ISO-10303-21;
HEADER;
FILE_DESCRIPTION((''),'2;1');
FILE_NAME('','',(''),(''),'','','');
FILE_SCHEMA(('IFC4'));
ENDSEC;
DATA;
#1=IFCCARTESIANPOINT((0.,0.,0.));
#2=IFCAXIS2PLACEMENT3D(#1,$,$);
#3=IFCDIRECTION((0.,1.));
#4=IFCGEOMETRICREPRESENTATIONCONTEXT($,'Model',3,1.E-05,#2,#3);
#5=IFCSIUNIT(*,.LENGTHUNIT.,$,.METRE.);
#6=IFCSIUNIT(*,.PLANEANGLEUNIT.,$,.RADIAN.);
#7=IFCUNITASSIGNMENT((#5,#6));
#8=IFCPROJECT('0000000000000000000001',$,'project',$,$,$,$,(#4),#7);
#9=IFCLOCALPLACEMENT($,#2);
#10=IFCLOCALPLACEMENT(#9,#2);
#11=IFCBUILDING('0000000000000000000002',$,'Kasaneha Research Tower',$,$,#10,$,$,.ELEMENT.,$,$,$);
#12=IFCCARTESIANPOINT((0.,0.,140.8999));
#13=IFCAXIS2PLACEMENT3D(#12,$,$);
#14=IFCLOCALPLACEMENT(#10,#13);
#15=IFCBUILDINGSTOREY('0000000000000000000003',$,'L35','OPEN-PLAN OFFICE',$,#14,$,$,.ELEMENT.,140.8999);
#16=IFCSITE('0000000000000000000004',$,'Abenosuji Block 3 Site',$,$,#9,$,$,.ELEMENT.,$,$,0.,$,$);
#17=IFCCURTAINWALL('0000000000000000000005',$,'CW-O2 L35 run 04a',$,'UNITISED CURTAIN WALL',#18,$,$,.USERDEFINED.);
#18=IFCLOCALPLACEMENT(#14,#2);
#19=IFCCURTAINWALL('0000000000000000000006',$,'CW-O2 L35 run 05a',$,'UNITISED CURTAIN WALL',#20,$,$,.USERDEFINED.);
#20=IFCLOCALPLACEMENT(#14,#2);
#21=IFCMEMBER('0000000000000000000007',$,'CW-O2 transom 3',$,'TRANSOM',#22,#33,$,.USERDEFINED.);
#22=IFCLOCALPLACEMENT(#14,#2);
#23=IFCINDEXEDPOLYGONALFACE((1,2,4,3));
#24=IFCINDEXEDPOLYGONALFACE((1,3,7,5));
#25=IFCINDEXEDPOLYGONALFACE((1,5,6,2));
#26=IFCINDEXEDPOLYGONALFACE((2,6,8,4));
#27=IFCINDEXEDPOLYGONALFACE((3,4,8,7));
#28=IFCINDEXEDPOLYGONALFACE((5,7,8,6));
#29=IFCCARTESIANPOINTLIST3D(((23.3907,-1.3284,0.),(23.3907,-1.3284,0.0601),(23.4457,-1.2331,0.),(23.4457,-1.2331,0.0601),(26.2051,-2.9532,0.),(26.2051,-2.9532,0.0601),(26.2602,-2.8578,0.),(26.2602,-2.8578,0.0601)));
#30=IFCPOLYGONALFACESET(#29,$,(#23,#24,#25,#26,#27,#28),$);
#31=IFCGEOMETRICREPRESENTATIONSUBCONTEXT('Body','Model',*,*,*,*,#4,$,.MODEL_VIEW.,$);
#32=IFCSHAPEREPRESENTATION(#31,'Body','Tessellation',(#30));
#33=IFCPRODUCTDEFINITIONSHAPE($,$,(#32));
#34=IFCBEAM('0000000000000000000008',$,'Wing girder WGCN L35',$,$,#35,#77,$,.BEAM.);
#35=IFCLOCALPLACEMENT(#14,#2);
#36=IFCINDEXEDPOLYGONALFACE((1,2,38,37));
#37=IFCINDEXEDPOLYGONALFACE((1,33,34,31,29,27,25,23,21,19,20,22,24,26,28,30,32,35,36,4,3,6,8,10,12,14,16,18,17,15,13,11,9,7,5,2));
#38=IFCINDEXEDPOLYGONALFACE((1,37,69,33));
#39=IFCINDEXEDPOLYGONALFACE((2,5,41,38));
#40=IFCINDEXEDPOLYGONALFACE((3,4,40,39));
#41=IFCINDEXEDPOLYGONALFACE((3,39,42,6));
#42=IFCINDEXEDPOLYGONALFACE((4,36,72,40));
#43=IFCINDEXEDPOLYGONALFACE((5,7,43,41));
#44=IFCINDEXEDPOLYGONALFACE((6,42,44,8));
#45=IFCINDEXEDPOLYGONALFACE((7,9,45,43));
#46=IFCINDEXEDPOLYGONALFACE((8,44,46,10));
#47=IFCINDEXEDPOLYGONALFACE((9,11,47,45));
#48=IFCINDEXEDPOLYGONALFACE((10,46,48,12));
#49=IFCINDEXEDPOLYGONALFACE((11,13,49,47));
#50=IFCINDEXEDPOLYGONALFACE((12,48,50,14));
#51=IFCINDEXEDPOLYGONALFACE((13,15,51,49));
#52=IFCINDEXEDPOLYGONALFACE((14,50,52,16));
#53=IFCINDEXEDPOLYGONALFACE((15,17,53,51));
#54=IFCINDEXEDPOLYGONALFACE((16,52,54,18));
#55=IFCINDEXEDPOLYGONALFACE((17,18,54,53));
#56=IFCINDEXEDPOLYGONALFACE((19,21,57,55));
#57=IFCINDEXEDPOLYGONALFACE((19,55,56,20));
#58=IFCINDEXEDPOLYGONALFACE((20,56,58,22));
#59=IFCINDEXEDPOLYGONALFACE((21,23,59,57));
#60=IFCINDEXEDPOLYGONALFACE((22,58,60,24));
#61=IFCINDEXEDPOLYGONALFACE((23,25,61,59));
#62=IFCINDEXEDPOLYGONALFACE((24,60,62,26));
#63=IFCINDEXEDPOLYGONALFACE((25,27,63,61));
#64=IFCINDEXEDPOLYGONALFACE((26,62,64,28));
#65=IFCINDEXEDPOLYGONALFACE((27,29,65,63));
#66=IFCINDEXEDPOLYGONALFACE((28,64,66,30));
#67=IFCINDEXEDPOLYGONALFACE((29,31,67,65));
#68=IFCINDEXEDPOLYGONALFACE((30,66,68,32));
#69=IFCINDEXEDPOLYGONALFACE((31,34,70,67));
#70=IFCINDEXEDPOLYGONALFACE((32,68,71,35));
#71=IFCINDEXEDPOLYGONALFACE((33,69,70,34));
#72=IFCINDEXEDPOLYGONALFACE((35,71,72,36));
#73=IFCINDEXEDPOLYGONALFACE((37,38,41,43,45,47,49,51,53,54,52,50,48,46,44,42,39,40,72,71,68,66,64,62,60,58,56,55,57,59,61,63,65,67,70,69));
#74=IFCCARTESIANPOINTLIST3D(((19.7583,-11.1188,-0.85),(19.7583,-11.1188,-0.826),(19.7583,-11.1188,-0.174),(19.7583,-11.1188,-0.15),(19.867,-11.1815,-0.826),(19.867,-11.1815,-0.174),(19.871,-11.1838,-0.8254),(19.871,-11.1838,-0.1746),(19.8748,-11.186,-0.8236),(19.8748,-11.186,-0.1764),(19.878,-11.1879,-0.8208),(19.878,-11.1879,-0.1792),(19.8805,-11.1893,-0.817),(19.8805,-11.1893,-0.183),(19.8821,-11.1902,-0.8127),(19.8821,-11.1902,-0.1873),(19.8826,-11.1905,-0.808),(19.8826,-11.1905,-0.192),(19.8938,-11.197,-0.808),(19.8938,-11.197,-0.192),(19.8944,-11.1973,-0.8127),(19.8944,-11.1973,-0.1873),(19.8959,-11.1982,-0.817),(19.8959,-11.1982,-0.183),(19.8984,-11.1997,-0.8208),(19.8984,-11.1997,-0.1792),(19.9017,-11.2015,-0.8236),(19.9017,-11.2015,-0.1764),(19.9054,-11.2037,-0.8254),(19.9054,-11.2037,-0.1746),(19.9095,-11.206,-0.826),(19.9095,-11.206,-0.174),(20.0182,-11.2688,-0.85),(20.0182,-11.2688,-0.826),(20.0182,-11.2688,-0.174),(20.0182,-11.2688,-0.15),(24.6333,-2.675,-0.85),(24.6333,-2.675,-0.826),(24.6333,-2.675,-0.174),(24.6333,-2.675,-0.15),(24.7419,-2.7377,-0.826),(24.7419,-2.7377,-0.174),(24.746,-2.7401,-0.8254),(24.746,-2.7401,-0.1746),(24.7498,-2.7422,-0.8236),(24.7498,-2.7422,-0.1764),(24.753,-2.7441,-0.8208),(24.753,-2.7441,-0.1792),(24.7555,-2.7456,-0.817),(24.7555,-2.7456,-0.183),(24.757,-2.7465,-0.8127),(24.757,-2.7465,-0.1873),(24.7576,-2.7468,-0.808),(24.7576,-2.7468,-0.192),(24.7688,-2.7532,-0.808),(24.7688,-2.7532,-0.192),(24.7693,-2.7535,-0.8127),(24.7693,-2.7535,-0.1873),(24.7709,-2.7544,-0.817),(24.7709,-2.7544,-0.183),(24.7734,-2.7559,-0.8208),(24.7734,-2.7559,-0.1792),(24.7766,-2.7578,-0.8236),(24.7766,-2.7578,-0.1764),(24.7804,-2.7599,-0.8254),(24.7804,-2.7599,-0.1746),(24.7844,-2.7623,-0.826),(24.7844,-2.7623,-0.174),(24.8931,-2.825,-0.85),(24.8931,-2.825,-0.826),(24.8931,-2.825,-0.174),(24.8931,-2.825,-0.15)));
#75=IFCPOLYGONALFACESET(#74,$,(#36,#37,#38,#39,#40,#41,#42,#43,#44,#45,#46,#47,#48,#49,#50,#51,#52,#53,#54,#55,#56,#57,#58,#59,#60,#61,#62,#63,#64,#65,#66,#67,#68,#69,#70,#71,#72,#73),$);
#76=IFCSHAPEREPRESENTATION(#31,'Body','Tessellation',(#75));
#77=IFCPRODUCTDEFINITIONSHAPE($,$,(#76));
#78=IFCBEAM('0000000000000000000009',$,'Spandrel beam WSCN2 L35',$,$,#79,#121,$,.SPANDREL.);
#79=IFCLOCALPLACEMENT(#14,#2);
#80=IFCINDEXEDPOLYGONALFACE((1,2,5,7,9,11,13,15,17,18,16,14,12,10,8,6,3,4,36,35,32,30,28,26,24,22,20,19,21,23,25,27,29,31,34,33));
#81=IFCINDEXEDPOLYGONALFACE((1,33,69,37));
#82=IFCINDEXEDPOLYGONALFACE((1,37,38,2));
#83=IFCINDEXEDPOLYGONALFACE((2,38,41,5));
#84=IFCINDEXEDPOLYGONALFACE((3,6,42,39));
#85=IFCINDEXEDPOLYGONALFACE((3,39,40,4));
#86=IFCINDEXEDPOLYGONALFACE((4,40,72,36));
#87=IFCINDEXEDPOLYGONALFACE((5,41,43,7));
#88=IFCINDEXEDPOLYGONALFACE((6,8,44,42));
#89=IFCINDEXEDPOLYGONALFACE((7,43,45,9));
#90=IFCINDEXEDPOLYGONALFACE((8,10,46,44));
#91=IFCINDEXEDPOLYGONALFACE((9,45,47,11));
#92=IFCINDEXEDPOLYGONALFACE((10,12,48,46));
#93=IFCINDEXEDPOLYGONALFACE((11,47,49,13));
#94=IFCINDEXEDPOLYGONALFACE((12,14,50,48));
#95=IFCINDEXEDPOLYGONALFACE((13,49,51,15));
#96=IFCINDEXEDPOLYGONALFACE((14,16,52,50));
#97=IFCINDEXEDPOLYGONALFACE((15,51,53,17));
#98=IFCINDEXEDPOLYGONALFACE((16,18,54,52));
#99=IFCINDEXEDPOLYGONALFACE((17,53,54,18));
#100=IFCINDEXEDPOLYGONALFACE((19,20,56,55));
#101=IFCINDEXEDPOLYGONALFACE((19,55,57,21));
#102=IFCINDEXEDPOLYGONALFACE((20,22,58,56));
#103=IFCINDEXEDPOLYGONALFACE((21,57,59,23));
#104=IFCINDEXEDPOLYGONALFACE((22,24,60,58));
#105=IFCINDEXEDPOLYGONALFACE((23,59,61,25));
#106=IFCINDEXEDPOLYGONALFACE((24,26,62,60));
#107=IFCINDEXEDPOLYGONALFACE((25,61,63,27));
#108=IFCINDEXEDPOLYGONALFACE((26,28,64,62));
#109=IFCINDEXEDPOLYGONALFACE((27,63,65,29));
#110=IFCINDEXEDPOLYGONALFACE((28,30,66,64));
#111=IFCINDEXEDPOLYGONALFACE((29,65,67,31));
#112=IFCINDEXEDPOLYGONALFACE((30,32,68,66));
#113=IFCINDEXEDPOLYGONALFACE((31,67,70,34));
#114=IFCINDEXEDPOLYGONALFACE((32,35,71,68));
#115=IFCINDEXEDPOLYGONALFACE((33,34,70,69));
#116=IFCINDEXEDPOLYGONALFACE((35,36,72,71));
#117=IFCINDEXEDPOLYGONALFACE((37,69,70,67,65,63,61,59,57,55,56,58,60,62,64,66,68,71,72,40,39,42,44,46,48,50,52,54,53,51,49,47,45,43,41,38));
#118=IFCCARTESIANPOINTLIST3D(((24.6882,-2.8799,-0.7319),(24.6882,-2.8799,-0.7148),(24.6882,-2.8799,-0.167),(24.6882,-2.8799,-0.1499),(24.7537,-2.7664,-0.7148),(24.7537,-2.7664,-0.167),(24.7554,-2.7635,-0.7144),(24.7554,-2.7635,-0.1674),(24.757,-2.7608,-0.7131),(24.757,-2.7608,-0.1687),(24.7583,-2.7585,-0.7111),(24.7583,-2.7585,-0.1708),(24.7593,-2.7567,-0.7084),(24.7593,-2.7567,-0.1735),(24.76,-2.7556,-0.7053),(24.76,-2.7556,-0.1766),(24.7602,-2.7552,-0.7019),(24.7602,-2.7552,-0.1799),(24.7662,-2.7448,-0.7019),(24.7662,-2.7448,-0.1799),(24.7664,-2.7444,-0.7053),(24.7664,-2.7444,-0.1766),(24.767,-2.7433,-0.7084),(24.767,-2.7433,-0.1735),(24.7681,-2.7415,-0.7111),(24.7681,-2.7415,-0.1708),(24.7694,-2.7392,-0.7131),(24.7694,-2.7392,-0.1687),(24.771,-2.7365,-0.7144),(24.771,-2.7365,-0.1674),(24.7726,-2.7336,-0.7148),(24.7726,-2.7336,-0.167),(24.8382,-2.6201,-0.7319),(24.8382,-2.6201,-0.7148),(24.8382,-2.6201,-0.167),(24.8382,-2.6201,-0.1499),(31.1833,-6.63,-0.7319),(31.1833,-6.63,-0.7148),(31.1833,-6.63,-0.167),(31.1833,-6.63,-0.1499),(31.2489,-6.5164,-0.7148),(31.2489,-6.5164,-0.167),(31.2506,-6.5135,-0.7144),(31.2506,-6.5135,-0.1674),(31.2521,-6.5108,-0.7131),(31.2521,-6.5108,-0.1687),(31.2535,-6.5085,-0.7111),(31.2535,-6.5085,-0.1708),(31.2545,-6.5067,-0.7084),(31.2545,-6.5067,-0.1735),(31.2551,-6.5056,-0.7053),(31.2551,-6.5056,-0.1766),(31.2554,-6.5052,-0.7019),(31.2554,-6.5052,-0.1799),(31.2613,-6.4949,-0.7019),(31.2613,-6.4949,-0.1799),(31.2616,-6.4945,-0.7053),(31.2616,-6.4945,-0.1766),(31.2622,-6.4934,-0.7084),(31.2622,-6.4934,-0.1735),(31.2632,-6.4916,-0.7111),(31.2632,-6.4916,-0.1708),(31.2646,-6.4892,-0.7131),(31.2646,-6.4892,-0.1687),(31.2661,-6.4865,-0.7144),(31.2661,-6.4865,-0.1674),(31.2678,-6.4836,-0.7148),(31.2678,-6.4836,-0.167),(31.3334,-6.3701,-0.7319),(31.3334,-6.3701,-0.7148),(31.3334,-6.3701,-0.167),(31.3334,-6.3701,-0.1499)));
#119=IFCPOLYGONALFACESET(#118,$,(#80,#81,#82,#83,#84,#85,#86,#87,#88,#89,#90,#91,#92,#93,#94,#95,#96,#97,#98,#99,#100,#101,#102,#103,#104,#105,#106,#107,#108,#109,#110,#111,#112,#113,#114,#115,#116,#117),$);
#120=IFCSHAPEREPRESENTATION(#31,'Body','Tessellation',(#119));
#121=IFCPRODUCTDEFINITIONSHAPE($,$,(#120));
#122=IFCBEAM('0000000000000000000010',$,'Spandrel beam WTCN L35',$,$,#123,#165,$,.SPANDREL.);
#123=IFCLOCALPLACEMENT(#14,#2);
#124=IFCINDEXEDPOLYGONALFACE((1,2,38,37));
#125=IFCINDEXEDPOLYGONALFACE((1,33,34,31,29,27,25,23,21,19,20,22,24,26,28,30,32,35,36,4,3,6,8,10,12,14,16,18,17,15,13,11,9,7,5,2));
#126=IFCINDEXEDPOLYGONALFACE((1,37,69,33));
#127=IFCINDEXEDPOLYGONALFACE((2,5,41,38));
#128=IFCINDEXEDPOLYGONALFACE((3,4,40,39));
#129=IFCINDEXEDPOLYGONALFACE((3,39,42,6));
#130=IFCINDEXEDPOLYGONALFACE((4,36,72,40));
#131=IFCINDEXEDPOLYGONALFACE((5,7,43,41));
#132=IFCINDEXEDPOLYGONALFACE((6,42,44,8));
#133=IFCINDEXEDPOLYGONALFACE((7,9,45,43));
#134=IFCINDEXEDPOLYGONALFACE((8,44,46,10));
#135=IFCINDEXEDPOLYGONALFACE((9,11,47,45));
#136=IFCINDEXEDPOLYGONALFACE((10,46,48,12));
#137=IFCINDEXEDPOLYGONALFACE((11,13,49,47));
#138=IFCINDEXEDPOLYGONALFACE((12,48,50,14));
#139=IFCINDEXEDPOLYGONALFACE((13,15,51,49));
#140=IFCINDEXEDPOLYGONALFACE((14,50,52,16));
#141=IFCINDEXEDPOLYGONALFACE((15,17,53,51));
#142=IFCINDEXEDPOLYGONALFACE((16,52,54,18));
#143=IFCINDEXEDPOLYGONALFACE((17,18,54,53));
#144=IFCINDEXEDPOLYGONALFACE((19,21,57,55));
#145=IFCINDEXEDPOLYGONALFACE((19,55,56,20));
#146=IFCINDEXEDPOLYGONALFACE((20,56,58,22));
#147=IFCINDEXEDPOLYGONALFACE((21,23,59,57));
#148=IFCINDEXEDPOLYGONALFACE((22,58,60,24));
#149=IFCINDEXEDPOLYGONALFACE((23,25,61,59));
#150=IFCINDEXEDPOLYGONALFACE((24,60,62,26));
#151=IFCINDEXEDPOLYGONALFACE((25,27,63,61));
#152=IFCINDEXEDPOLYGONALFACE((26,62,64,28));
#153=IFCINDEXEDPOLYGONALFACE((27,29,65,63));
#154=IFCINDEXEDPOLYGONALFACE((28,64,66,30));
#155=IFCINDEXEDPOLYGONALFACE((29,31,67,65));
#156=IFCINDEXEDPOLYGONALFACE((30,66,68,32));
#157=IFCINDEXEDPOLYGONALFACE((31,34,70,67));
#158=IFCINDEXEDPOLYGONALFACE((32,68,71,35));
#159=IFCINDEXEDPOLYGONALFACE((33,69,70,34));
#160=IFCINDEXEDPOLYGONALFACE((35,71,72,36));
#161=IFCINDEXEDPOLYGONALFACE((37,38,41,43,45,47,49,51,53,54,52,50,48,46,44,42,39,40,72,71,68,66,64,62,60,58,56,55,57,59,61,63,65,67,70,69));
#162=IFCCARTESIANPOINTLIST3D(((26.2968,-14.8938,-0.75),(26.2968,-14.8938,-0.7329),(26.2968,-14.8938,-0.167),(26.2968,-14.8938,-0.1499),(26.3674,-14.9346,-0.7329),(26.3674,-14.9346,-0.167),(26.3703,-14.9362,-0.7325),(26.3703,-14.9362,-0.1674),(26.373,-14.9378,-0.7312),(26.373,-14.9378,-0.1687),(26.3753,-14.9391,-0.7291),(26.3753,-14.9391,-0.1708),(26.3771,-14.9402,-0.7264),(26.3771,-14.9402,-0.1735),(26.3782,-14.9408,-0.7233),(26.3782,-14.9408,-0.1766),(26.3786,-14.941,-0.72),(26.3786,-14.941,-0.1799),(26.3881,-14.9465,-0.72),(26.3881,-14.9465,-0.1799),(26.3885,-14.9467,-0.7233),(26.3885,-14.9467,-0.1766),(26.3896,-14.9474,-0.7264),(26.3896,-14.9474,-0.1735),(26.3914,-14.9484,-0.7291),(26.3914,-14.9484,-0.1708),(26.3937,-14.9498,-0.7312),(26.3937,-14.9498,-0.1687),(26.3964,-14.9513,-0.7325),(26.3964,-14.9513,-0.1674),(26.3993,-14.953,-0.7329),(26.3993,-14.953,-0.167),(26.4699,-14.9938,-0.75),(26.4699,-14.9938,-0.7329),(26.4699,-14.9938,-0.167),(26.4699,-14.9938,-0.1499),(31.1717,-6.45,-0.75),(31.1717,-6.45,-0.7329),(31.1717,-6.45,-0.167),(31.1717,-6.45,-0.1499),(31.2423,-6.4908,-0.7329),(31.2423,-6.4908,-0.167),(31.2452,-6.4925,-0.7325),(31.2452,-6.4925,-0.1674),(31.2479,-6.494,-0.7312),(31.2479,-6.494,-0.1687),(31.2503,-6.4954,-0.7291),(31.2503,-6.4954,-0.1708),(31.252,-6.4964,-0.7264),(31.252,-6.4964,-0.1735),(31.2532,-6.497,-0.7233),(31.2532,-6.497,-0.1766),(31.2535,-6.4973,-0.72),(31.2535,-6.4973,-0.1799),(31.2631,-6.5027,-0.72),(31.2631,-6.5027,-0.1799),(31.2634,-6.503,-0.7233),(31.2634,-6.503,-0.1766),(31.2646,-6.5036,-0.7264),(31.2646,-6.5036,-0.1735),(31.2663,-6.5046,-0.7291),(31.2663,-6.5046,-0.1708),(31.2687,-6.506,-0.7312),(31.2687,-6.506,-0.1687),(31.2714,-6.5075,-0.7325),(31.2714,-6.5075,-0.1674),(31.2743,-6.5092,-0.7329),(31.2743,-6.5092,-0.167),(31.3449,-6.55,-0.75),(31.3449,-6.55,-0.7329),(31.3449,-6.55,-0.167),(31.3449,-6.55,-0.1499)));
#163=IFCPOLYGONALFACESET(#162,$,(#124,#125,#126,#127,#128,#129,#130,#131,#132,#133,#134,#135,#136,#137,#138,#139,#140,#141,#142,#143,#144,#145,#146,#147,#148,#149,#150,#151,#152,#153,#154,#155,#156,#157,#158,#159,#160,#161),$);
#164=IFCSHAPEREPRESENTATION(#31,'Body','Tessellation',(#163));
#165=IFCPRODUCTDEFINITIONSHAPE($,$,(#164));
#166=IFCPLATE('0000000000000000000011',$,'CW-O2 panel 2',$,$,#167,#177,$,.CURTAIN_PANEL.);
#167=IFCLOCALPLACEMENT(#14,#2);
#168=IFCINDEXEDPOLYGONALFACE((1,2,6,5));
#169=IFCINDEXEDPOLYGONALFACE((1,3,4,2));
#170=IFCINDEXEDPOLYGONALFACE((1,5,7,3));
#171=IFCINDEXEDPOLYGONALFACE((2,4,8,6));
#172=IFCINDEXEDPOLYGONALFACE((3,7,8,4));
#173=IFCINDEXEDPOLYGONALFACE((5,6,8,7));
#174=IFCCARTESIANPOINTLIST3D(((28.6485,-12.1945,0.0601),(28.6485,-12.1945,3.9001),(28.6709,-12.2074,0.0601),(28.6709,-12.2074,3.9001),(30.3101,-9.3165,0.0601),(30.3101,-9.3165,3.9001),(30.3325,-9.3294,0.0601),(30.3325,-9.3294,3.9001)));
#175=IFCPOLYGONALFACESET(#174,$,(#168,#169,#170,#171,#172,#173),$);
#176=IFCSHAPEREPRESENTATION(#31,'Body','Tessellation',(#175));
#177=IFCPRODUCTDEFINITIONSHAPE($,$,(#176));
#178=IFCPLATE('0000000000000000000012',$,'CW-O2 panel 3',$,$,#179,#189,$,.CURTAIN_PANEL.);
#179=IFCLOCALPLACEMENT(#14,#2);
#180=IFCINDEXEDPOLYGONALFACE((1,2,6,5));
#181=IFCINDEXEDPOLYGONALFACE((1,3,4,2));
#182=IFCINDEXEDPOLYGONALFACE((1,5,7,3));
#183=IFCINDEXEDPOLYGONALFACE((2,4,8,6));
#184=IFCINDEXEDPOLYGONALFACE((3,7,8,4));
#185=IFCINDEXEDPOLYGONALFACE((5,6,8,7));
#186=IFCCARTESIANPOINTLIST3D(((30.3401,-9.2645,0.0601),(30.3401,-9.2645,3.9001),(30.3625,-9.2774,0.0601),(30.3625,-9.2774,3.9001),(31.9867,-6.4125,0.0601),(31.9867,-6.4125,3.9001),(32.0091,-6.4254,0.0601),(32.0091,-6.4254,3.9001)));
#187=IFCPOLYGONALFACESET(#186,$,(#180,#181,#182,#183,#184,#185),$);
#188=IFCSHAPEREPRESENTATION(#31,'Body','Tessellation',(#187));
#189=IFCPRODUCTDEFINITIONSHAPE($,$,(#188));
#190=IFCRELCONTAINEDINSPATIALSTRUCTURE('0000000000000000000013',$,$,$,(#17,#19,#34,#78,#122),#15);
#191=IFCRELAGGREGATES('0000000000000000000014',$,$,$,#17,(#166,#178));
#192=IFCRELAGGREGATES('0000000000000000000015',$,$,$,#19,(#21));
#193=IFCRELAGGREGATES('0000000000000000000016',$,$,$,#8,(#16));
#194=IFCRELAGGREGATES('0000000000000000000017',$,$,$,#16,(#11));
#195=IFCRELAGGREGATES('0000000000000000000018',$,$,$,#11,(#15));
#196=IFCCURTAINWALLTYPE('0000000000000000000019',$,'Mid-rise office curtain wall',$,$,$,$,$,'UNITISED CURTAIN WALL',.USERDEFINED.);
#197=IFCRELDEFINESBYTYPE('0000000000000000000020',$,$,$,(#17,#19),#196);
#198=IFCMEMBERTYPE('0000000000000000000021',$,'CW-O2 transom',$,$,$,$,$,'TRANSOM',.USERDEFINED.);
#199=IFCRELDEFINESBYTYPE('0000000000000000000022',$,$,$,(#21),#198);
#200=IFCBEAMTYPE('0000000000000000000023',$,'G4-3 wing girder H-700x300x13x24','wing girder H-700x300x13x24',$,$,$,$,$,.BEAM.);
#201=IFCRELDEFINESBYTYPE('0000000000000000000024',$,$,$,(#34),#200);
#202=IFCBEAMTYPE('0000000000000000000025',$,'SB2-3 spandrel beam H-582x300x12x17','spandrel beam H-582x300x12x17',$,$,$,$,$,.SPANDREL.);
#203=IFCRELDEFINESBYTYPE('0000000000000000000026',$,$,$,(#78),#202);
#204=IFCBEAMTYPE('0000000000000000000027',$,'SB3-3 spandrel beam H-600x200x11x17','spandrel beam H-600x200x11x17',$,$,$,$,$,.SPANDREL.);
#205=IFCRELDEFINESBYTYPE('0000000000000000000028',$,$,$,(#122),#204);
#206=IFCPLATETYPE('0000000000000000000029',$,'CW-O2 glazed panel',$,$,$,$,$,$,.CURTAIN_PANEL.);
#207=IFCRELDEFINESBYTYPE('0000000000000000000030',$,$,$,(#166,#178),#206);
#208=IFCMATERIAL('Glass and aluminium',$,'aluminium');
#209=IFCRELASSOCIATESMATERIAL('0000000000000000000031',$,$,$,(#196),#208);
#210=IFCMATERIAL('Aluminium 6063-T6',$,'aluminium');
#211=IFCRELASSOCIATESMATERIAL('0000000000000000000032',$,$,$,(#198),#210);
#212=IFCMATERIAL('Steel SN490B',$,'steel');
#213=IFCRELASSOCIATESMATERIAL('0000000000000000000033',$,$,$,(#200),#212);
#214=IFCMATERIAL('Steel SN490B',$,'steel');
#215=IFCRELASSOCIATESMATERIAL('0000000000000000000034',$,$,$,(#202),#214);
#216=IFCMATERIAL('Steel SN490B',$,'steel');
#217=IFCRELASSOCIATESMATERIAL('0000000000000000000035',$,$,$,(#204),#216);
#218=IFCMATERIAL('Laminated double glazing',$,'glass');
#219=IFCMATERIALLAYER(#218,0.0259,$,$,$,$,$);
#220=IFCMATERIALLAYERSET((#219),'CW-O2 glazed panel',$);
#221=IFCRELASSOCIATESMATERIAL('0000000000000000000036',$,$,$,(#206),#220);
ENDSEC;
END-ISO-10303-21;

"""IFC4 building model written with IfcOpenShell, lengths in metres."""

from ifc_helpers import new_model, si_unit, direction, frame, origin, origin_2d, place, context, subcontext, project, spatial, rectangle, i_section, extrude, material, layer, layer_set, material_profile, profile_set, type_object, element, aggregate, save


model = new_model("IFC4")

# Units and contexts
model_context = context("Model", 3, precision=1e-05, world=origin(), true_north=direction((0.0, 1.0)))
body_context = subcontext(model_context, "Body", "Model", "MODEL_VIEW")
ifc_project = project(units=[si_unit("LENGTHUNIT", "METRE"), si_unit("PLANEANGLEUNIT", "RADIAN")], contexts=[model_context])

# Site, building, storey
site_placement = place(None, origin())
site = spatial("IfcSite", under=ifc_project, at=site_placement, Name="Abenosuji Block 3 Site", CompositionType="ELEMENT", RefElevation=0.0)
building_placement = place(site_placement, origin())
building = spatial("IfcBuilding", under=site, at=building_placement, Name="Kasaneha Research Tower", CompositionType="ELEMENT")
storey_placement = place(building_placement, frame((0.0, 0.0, 140.8999)))
storey = spatial("IfcBuildingStorey", under=building, at=storey_placement, Name="L35", Description="OPEN-PLAN OFFICE", CompositionType="ELEMENT", Elevation=140.8999)

# Curtain walls
ifc_material_1 = material(Name="Glass and aluminium", Category="aluminium")
curtain_wall_type = type_object("IfcCurtainWallType", Name="Mid-rise office curtain wall", ElementType="UNITISED CURTAIN WALL", PredefinedType="USERDEFINED", material=ifc_material_1)
curtain_wall_1_placement = place(storey_placement, origin())
curtain_wall_1 = element("IfcCurtainWall", 1, at=curtain_wall_1_placement, inside=storey, type_object=curtain_wall_type, Name="CW-O2 L35 run 04a", ObjectType="UNITISED CURTAIN WALL", PredefinedType="USERDEFINED")
curtain_wall_2_placement = place(storey_placement, origin())
curtain_wall_2 = element("IfcCurtainWall", 2, at=curtain_wall_2_placement, inside=storey, type_object=curtain_wall_type, Name="CW-O2 L35 run 05a", ObjectType="UNITISED CURTAIN WALL", PredefinedType="USERDEFINED")

# Member
ifc_material_2 = material(Name="Aluminium 6063-T6", Category="aluminium")
ifc_material_profile_1 = material_profile(ifc_material_2, rectangle(XDim=0.1101, YDim=0.0601, at=origin_2d()), Name="CW-O2 transom 110x60")
ifc_profile_set_1 = profile_set([ifc_material_profile_1], Name="Aluminium 6063-T6")
member_type_1 = type_object("IfcMemberType", Name="CW-O2 transom", ElementType="TRANSOM", PredefinedType="USERDEFINED", material=ifc_profile_set_1)
member_1_placement = place(storey_placement, frame((26.2327, -2.9055, 0.03), z_axis=(-0.866048, 0.499961, 0.0), x_axis=(-0.499961, -0.866048, 0.0)))
member_1 = element("IfcMember", 3, at=member_1_placement, type_object=member_type_1, Name="CW-O2 transom 3", ObjectType="TRANSOM", PredefinedType="USERDEFINED", context=body_context, shape_type="SweptSolid", body=[
    extrude(rectangle(XDim=0.1101, YDim=0.0601, at=origin_2d()), origin(), (0.0, 0.0, 1.0), 3.2498),
])

# Beams
ifc_material_3 = material(Name="Steel SN490B", Category="steel")
ifc_material_profile_2 = material_profile(ifc_material_3, i_section(OverallWidth=0.3, OverallDepth=0.7, WebThickness=0.0129, FlangeThickness=0.0239, FilletRadius=0.0181, at=origin_2d()), Name="H-700x300x13x24")
ifc_profile_set_2 = profile_set([ifc_material_profile_2], Name="Steel SN490B")
beam_type_1 = type_object("IfcBeamType", Name="G4-3 wing girder H-700x300x13x24", Description="wing girder H-700x300x13x24", PredefinedType="BEAM", material=ifc_profile_set_2)
beam_1_placement = place(storey_placement, frame((24.7632, -2.75, -0.5), z_axis=(-0.499996, -0.866028, 0.0), x_axis=(0.866028, -0.499996, 0.0)))
element("IfcBeam", 4, at=beam_1_placement, inside=storey, type_object=beam_type_1, Name="Wing girder WGCN L35", PredefinedType="BEAM", context=body_context, shape_type="SweptSolid", body=[
    extrude(i_section(OverallWidth=0.3, OverallDepth=0.7, WebThickness=0.0129, FlangeThickness=0.0239, FilletRadius=0.0181, at=origin_2d()), origin(), (0.0, 0.0, 1.0), 9.75),
])
ifc_material_4 = material(Name="Steel SN490B", Category="steel")
ifc_material_profile_3 = material_profile(ifc_material_4, i_section(OverallWidth=0.3, OverallDepth=0.582, WebThickness=0.012, FlangeThickness=0.0171, FilletRadius=0.0129, at=origin_2d()), Name="H-582x300x12x17")
ifc_profile_set_3 = profile_set([ifc_material_profile_3], Name="Steel SN490B")
beam_type_2 = type_object("IfcBeamType", Name="SB2-3 spandrel beam H-582x300x12x17", Description="spandrel beam H-582x300x12x17", PredefinedType="SPANDREL", material=ifc_profile_set_3)
beam_2_placement = place(storey_placement, frame((24.7632, -2.75, -0.4409), z_axis=(0.866023, -0.500004, 0.0), x_axis=(0.500004, 0.866023, 0.0)))
element("IfcBeam", 5, at=beam_2_placement, inside=storey, type_object=beam_type_2, Name="Spandrel beam WSCN2 L35", PredefinedType="SPANDREL", context=body_context, shape_type="SweptSolid", body=[
    extrude(i_section(OverallWidth=0.3, OverallDepth=0.582, WebThickness=0.012, FlangeThickness=0.0171, FilletRadius=0.0129, at=origin_2d()), origin(), (0.0, 0.0, 1.0), 7.5),
])
ifc_material_5 = material(Name="Steel SN490B", Category="steel")
ifc_material_profile_4 = material_profile(ifc_material_5, i_section(OverallWidth=0.2, OverallDepth=0.6001, WebThickness=0.011, FlangeThickness=0.0171, FilletRadius=0.0129, at=origin_2d()), Name="H-600x200x11x17")
ifc_profile_set_4 = profile_set([ifc_material_profile_4], Name="Steel SN490B")
beam_type_3 = type_object("IfcBeamType", Name="SB3-3 spandrel beam H-600x200x11x17", Description="spandrel beam H-600x200x11x17", PredefinedType="SPANDREL", material=ifc_profile_set_4)
beam_3_placement = place(storey_placement, frame((31.2583, -6.5, -0.45), z_axis=(-0.499996, -0.866028, 0.0), x_axis=(0.866028, -0.499996, 0.0)))
element("IfcBeam", 6, at=beam_3_placement, inside=storey, type_object=beam_type_3, Name="Spandrel beam WTCN L35", PredefinedType="SPANDREL", context=body_context, shape_type="SweptSolid", body=[
    extrude(i_section(OverallWidth=0.2, OverallDepth=0.6001, WebThickness=0.011, FlangeThickness=0.0171, FilletRadius=0.0129, at=origin_2d()), origin(), (0.0, 0.0, 1.0), 9.75),
])

# Plates
ifc_material_6 = material(Name="Laminated double glazing", Category="glass")
ifc_layer_1 = layer(ifc_material_6, 0.0259)
ifc_layer_set_1 = layer_set([ifc_layer_1], Name="CW-O2 glazed panel")
plate_type = type_object("IfcPlateType", Name="CW-O2 glazed panel", PredefinedType="CURTAIN_PANEL", material=ifc_layer_set_1)
plate_1_placement = place(storey_placement, frame((29.4905, -10.762, 0.0601), z_axis=(0.0, 0.0, 1.0), x_axis=(0.5, 0.866025, 0.0)))
plate_1 = element("IfcPlate", 7, at=plate_1_placement, type_object=plate_type, Name="CW-O2 panel 2", PredefinedType="CURTAIN_PANEL", context=body_context, shape_type="SweptSolid", body=[
    extrude(rectangle(XDim=3.3232, YDim=0.0259, at=origin_2d()), origin(), (0.0, 0.0, 1.0), 3.8401),
])
plate_2_placement = place(storey_placement, frame((31.1746, -7.845, 0.0601), z_axis=(0.0, 0.0, 1.0), x_axis=(0.5, 0.866025, 0.0)))
plate_2 = element("IfcPlate", 8, at=plate_2_placement, type_object=plate_type, Name="CW-O2 panel 3", PredefinedType="CURTAIN_PANEL", context=body_context, shape_type="SweptSolid", body=[
    extrude(rectangle(XDim=3.2932, YDim=0.0259, at=origin_2d()), origin(), (0.0, 0.0, 1.0), 3.8401),
])
aggregate(curtain_wall_1, [plate_1, plate_2])
aggregate(curtain_wall_2, [member_1])

save(model, "model.ifc")
